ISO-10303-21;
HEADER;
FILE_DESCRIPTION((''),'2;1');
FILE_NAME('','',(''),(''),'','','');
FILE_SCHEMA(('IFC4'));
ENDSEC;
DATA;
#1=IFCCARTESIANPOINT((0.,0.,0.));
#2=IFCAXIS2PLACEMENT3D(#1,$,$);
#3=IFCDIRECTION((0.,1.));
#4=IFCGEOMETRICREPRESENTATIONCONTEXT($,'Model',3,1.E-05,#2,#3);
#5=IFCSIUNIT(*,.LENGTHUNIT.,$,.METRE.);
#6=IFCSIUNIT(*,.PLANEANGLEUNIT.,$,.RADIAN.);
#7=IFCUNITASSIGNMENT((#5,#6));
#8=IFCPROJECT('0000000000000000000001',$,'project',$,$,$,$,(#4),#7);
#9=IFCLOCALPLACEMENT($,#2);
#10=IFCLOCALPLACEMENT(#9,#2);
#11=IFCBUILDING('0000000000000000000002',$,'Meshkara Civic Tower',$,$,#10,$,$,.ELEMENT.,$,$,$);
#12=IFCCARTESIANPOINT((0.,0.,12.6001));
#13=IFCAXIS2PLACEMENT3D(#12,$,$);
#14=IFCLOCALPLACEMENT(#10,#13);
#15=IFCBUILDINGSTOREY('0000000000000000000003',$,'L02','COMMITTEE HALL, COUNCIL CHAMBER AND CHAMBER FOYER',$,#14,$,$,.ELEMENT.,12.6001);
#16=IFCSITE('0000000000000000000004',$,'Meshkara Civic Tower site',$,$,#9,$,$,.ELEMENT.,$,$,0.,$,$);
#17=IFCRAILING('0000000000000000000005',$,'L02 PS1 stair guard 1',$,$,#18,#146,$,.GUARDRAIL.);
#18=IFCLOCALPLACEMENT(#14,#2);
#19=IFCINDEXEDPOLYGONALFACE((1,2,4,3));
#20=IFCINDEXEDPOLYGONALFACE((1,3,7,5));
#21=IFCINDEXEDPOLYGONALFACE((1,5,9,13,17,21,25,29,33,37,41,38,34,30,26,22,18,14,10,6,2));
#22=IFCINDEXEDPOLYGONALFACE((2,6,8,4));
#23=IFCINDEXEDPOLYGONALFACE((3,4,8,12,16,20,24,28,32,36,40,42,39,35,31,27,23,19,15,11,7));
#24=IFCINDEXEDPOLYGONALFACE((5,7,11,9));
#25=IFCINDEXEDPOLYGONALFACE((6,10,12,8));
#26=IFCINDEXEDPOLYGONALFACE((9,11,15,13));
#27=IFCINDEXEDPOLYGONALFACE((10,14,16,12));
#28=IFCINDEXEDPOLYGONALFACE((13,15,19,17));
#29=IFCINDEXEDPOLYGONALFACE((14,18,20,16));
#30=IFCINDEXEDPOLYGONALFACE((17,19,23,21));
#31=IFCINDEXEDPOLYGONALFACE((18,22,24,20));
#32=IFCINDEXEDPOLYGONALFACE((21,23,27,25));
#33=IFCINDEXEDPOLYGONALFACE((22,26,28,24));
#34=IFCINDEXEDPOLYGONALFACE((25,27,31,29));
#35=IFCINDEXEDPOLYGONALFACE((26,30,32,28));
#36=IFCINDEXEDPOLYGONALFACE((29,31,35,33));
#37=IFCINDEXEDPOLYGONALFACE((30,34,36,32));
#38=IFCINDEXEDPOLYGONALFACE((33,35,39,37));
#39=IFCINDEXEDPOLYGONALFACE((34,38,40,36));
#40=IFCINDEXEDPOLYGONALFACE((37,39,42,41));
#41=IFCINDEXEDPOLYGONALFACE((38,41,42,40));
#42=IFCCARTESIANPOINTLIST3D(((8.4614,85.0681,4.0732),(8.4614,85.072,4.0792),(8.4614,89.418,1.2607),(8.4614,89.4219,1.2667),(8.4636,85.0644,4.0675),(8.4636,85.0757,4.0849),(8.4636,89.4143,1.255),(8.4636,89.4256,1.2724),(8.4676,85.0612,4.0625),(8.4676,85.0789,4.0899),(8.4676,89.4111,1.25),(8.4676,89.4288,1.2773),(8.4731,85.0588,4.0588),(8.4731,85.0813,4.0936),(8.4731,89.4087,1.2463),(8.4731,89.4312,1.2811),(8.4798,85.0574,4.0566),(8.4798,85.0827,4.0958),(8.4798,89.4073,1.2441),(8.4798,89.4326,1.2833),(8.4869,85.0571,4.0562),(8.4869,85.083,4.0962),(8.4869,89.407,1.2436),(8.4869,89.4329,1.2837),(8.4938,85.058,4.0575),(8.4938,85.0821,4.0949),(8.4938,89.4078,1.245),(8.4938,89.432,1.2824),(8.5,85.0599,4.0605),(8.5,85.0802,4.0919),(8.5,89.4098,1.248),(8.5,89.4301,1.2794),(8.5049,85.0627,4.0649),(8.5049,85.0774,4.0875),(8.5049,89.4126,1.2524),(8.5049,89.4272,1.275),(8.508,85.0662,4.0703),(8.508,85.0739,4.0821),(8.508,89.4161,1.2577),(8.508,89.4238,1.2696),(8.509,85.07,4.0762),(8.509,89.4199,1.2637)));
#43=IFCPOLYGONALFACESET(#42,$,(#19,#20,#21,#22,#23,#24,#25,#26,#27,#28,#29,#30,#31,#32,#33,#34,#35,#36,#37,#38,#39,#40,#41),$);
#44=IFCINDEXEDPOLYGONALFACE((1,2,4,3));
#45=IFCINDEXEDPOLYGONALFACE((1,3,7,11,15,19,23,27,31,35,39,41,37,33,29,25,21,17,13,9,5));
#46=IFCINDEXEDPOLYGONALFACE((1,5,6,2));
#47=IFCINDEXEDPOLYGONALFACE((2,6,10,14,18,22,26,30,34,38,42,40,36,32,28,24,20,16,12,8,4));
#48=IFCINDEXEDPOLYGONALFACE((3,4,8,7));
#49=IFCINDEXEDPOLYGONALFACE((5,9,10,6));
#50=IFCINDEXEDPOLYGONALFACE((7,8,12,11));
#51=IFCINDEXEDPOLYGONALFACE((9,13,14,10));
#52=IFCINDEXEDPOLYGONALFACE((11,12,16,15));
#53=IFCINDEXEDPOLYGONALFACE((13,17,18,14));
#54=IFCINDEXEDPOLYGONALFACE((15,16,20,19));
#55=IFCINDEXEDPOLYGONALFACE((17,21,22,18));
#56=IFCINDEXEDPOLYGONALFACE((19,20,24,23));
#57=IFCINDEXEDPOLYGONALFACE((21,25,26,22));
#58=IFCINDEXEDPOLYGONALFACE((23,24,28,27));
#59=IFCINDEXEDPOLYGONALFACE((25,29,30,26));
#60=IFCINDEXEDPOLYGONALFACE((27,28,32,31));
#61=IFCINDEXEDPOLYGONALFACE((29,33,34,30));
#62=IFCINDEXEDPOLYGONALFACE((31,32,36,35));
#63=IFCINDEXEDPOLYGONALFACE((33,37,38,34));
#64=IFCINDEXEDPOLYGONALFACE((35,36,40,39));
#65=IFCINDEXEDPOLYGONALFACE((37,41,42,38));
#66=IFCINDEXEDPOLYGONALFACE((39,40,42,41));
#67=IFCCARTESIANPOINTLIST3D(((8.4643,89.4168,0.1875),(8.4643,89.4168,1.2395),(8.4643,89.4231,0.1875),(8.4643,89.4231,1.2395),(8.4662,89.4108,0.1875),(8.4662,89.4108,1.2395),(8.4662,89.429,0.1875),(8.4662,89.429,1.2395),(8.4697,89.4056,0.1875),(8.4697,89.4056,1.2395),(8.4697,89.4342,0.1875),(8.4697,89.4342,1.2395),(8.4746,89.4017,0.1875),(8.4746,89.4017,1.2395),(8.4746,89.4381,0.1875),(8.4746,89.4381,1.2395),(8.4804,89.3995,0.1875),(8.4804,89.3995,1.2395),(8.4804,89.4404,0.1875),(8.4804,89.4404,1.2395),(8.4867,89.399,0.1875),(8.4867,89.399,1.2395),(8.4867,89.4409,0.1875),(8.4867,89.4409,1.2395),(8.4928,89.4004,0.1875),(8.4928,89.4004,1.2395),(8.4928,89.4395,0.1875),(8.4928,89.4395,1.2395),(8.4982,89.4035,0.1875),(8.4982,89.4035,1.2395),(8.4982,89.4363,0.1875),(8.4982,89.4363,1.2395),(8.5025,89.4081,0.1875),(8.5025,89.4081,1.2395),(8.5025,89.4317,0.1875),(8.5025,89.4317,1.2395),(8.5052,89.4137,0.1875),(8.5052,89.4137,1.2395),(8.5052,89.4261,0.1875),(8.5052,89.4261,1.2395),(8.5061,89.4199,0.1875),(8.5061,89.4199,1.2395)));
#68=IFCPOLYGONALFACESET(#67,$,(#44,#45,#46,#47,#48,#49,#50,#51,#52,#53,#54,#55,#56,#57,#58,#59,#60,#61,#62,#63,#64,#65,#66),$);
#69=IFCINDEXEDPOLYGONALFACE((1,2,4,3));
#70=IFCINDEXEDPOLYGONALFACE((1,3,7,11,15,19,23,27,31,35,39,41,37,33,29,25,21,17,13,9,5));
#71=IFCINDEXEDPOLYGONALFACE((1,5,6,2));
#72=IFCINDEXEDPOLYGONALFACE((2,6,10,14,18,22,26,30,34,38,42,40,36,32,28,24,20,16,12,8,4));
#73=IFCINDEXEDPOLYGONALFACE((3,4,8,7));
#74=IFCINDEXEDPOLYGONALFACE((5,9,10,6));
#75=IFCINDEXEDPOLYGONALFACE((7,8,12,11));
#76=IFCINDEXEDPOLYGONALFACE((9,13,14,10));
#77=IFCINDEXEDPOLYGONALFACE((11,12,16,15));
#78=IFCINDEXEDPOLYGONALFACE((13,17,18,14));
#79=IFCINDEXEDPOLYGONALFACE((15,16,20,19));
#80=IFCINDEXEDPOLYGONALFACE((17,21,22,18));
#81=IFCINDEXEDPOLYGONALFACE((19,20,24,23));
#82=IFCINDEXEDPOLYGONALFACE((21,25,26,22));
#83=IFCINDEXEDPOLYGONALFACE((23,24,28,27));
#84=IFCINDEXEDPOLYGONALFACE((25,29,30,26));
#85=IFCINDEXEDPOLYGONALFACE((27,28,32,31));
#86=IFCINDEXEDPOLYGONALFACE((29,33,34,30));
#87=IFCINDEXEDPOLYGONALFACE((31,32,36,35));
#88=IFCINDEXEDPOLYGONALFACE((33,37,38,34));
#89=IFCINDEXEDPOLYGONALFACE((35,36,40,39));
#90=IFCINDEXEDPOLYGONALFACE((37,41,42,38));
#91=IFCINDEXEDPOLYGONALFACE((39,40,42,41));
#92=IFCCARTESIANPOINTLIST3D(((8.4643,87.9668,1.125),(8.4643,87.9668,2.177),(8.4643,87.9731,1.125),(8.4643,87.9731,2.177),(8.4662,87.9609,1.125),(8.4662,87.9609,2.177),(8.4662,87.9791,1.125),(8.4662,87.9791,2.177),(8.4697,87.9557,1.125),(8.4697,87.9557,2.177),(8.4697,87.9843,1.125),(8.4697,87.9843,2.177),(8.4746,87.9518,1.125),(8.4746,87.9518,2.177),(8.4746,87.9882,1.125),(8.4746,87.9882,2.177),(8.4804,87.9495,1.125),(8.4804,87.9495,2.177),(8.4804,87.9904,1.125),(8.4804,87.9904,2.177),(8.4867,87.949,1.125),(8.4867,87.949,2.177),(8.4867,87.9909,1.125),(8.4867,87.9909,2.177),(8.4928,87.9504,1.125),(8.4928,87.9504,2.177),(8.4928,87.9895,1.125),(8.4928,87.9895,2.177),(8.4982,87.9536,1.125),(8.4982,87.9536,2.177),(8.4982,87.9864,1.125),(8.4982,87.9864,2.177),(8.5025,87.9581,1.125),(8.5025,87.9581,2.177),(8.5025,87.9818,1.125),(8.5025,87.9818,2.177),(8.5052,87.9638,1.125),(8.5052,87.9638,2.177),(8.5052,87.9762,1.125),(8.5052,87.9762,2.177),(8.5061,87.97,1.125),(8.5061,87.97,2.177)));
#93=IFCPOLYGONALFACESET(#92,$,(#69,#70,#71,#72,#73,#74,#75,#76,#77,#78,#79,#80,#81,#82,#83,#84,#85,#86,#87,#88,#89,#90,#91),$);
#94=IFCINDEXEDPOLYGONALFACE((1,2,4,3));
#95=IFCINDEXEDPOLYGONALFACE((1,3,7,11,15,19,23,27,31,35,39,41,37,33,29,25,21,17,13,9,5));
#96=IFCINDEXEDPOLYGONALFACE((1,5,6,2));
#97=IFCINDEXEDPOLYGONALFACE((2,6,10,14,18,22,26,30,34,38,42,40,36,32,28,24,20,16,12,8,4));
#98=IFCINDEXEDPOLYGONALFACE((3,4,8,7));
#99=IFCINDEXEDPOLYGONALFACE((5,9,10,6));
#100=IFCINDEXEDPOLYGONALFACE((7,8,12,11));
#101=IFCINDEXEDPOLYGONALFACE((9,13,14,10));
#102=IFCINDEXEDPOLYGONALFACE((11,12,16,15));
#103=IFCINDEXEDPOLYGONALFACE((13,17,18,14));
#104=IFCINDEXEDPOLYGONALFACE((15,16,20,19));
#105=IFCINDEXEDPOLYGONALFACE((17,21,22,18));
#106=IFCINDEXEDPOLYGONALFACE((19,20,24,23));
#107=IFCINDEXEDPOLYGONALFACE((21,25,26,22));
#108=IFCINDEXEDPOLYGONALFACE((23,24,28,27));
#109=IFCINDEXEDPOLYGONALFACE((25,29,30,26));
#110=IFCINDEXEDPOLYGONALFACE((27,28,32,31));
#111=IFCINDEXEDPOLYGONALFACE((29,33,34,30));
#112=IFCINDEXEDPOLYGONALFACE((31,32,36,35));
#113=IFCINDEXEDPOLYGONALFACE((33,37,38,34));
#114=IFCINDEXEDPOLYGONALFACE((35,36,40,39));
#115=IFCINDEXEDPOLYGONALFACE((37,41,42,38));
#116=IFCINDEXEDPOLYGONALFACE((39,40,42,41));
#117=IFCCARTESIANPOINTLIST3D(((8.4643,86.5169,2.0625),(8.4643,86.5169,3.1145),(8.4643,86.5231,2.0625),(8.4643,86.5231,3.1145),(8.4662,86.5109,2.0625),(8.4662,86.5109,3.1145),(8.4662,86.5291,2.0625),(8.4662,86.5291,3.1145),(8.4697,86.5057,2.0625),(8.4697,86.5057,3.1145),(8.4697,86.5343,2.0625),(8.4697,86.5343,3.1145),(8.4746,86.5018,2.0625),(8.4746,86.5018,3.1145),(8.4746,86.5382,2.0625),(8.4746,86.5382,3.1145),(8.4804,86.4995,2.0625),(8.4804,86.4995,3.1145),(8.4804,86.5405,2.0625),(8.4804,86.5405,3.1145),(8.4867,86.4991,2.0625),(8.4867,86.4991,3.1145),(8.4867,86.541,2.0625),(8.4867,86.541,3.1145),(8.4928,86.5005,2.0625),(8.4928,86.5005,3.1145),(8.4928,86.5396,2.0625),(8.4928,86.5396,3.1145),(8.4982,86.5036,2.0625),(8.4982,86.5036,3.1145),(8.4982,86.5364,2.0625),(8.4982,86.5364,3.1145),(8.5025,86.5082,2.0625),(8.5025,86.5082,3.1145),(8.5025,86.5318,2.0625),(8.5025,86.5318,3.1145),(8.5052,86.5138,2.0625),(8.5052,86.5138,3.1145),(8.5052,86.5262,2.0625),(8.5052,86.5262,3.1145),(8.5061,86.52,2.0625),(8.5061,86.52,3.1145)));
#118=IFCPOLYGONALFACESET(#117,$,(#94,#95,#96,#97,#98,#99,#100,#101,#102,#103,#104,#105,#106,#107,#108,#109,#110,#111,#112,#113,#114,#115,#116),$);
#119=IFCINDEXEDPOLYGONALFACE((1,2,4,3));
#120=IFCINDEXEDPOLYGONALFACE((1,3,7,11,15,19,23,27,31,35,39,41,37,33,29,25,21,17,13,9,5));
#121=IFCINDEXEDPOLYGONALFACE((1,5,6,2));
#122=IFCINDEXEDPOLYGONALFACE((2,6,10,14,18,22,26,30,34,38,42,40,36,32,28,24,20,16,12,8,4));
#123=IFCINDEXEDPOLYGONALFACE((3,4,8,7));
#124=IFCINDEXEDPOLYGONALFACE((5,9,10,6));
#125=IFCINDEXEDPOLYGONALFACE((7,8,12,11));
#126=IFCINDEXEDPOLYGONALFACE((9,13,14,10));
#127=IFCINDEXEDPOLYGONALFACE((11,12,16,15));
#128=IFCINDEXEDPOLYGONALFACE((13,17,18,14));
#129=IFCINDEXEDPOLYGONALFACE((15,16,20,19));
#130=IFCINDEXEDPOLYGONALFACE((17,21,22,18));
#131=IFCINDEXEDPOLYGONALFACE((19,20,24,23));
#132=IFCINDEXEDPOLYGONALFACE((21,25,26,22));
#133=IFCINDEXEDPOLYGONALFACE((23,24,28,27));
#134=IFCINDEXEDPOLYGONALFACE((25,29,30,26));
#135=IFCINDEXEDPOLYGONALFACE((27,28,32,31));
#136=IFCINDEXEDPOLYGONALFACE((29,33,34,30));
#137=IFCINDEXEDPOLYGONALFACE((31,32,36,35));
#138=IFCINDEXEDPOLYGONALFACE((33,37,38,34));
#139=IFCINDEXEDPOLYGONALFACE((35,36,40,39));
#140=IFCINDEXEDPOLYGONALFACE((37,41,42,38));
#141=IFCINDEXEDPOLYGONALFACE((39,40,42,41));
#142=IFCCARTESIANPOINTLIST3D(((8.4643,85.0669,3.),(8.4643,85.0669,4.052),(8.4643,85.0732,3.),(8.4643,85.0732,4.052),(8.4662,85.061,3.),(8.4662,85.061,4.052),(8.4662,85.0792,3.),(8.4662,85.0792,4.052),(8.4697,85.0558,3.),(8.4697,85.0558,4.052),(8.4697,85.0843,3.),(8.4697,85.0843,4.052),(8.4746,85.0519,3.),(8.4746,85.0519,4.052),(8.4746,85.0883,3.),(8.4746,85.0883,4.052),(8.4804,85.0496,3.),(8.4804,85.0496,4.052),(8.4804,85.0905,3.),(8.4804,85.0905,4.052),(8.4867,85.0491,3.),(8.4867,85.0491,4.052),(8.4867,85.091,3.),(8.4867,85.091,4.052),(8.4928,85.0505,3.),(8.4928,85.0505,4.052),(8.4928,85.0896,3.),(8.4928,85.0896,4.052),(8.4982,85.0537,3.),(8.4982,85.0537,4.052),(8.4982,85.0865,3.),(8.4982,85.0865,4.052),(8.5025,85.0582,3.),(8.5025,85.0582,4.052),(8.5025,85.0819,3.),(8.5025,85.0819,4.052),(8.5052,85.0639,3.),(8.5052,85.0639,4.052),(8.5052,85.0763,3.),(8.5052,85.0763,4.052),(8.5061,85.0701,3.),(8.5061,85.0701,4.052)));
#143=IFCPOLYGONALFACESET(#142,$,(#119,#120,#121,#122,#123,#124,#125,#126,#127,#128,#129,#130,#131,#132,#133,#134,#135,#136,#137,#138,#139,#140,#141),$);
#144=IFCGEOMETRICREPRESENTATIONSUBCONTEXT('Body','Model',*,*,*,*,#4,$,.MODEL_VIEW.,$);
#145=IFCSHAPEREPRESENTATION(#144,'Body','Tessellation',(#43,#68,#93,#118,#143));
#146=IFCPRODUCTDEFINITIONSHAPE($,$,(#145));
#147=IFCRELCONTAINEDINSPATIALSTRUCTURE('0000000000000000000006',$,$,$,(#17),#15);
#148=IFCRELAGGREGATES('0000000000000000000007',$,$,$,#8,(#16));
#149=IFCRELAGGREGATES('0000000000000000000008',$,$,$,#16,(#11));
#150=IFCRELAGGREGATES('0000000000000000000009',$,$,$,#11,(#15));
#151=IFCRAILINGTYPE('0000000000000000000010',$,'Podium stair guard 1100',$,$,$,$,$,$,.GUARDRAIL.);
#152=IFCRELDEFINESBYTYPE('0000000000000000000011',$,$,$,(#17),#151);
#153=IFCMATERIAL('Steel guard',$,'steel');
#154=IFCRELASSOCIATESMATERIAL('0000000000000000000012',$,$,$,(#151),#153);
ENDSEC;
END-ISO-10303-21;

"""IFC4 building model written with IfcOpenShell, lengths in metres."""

from ifc_helpers import new_model, si_unit, direction, frame, origin, origin_2d, place, context, subcontext, project, spatial, circle, extrude, material, type_object, element, save


model = new_model("IFC4")

# Units and contexts
model_context = context("Model", 3, precision=1e-05, world=origin(), true_north=direction((0.0, 1.0)))
body_context = subcontext(model_context, "Body", "Model", "MODEL_VIEW")
ifc_project = project(units=[si_unit("LENGTHUNIT", "METRE"), si_unit("PLANEANGLEUNIT", "RADIAN")], contexts=[model_context])

# Site, building, storey
site_placement = place(None, origin())
site = spatial("IfcSite", under=ifc_project, at=site_placement, Name="Meshkara Civic Tower site", CompositionType="ELEMENT", RefElevation=0.0)
building_placement = place(site_placement, origin())
building = spatial("IfcBuilding", under=site, at=building_placement, Name="Meshkara Civic Tower", CompositionType="ELEMENT")
storey_placement = place(building_placement, frame((0.0, 0.0, 12.6001)))
storey = spatial("IfcBuildingStorey", under=building, at=storey_placement, Name="L02", Description="COMMITTEE HALL, COUNCIL CHAMBER AND CHAMBER FOYER", CompositionType="ELEMENT", Elevation=12.6001)

# Railing
ifc_material_1 = material(Name="Steel guard", Category="steel")
railing_type_1 = type_object("IfcRailingType", Name="Podium stair guard 1100", PredefinedType="GUARDRAIL", material=ifc_material_1)
railing_1_placement = place(storey_placement, frame((8.4851, 89.4199, 0.1875)))
element("IfcRailing", 1, at=railing_1_placement, inside=storey, type_object=railing_type_1, Name="L02 PS1 stair guard 1", PredefinedType="GUARDRAIL", context=body_context, shape_type="SweptSolid", body=[
    extrude(circle(Radius=0.0239, at=origin_2d()), frame((0.0, 0.0, 1.0762), z_axis=(0.0, -0.839756, 0.542964), x_axis=(1.0, 0.0, 0.0)), (0.0, 0.0, 1.0), 5.1799),
    extrude(circle(Radius=0.021, at=origin_2d()), origin(), (0.0, 0.0, 1.0), 1.052),
    extrude(circle(Radius=0.021, at=origin_2d()), frame((0.0, -1.45, 0.9375)), (0.0, 0.0, 1.0), 1.052),
    extrude(circle(Radius=0.021, at=origin_2d()), frame((0.0, -2.8999, 1.875)), (0.0, 0.0, 1.0), 1.052),
    extrude(circle(Radius=0.021, at=origin_2d()), frame((0.0, -4.3499, 2.8125)), (0.0, 0.0, 1.0), 1.052),
])

save(model, "model.ifc")
